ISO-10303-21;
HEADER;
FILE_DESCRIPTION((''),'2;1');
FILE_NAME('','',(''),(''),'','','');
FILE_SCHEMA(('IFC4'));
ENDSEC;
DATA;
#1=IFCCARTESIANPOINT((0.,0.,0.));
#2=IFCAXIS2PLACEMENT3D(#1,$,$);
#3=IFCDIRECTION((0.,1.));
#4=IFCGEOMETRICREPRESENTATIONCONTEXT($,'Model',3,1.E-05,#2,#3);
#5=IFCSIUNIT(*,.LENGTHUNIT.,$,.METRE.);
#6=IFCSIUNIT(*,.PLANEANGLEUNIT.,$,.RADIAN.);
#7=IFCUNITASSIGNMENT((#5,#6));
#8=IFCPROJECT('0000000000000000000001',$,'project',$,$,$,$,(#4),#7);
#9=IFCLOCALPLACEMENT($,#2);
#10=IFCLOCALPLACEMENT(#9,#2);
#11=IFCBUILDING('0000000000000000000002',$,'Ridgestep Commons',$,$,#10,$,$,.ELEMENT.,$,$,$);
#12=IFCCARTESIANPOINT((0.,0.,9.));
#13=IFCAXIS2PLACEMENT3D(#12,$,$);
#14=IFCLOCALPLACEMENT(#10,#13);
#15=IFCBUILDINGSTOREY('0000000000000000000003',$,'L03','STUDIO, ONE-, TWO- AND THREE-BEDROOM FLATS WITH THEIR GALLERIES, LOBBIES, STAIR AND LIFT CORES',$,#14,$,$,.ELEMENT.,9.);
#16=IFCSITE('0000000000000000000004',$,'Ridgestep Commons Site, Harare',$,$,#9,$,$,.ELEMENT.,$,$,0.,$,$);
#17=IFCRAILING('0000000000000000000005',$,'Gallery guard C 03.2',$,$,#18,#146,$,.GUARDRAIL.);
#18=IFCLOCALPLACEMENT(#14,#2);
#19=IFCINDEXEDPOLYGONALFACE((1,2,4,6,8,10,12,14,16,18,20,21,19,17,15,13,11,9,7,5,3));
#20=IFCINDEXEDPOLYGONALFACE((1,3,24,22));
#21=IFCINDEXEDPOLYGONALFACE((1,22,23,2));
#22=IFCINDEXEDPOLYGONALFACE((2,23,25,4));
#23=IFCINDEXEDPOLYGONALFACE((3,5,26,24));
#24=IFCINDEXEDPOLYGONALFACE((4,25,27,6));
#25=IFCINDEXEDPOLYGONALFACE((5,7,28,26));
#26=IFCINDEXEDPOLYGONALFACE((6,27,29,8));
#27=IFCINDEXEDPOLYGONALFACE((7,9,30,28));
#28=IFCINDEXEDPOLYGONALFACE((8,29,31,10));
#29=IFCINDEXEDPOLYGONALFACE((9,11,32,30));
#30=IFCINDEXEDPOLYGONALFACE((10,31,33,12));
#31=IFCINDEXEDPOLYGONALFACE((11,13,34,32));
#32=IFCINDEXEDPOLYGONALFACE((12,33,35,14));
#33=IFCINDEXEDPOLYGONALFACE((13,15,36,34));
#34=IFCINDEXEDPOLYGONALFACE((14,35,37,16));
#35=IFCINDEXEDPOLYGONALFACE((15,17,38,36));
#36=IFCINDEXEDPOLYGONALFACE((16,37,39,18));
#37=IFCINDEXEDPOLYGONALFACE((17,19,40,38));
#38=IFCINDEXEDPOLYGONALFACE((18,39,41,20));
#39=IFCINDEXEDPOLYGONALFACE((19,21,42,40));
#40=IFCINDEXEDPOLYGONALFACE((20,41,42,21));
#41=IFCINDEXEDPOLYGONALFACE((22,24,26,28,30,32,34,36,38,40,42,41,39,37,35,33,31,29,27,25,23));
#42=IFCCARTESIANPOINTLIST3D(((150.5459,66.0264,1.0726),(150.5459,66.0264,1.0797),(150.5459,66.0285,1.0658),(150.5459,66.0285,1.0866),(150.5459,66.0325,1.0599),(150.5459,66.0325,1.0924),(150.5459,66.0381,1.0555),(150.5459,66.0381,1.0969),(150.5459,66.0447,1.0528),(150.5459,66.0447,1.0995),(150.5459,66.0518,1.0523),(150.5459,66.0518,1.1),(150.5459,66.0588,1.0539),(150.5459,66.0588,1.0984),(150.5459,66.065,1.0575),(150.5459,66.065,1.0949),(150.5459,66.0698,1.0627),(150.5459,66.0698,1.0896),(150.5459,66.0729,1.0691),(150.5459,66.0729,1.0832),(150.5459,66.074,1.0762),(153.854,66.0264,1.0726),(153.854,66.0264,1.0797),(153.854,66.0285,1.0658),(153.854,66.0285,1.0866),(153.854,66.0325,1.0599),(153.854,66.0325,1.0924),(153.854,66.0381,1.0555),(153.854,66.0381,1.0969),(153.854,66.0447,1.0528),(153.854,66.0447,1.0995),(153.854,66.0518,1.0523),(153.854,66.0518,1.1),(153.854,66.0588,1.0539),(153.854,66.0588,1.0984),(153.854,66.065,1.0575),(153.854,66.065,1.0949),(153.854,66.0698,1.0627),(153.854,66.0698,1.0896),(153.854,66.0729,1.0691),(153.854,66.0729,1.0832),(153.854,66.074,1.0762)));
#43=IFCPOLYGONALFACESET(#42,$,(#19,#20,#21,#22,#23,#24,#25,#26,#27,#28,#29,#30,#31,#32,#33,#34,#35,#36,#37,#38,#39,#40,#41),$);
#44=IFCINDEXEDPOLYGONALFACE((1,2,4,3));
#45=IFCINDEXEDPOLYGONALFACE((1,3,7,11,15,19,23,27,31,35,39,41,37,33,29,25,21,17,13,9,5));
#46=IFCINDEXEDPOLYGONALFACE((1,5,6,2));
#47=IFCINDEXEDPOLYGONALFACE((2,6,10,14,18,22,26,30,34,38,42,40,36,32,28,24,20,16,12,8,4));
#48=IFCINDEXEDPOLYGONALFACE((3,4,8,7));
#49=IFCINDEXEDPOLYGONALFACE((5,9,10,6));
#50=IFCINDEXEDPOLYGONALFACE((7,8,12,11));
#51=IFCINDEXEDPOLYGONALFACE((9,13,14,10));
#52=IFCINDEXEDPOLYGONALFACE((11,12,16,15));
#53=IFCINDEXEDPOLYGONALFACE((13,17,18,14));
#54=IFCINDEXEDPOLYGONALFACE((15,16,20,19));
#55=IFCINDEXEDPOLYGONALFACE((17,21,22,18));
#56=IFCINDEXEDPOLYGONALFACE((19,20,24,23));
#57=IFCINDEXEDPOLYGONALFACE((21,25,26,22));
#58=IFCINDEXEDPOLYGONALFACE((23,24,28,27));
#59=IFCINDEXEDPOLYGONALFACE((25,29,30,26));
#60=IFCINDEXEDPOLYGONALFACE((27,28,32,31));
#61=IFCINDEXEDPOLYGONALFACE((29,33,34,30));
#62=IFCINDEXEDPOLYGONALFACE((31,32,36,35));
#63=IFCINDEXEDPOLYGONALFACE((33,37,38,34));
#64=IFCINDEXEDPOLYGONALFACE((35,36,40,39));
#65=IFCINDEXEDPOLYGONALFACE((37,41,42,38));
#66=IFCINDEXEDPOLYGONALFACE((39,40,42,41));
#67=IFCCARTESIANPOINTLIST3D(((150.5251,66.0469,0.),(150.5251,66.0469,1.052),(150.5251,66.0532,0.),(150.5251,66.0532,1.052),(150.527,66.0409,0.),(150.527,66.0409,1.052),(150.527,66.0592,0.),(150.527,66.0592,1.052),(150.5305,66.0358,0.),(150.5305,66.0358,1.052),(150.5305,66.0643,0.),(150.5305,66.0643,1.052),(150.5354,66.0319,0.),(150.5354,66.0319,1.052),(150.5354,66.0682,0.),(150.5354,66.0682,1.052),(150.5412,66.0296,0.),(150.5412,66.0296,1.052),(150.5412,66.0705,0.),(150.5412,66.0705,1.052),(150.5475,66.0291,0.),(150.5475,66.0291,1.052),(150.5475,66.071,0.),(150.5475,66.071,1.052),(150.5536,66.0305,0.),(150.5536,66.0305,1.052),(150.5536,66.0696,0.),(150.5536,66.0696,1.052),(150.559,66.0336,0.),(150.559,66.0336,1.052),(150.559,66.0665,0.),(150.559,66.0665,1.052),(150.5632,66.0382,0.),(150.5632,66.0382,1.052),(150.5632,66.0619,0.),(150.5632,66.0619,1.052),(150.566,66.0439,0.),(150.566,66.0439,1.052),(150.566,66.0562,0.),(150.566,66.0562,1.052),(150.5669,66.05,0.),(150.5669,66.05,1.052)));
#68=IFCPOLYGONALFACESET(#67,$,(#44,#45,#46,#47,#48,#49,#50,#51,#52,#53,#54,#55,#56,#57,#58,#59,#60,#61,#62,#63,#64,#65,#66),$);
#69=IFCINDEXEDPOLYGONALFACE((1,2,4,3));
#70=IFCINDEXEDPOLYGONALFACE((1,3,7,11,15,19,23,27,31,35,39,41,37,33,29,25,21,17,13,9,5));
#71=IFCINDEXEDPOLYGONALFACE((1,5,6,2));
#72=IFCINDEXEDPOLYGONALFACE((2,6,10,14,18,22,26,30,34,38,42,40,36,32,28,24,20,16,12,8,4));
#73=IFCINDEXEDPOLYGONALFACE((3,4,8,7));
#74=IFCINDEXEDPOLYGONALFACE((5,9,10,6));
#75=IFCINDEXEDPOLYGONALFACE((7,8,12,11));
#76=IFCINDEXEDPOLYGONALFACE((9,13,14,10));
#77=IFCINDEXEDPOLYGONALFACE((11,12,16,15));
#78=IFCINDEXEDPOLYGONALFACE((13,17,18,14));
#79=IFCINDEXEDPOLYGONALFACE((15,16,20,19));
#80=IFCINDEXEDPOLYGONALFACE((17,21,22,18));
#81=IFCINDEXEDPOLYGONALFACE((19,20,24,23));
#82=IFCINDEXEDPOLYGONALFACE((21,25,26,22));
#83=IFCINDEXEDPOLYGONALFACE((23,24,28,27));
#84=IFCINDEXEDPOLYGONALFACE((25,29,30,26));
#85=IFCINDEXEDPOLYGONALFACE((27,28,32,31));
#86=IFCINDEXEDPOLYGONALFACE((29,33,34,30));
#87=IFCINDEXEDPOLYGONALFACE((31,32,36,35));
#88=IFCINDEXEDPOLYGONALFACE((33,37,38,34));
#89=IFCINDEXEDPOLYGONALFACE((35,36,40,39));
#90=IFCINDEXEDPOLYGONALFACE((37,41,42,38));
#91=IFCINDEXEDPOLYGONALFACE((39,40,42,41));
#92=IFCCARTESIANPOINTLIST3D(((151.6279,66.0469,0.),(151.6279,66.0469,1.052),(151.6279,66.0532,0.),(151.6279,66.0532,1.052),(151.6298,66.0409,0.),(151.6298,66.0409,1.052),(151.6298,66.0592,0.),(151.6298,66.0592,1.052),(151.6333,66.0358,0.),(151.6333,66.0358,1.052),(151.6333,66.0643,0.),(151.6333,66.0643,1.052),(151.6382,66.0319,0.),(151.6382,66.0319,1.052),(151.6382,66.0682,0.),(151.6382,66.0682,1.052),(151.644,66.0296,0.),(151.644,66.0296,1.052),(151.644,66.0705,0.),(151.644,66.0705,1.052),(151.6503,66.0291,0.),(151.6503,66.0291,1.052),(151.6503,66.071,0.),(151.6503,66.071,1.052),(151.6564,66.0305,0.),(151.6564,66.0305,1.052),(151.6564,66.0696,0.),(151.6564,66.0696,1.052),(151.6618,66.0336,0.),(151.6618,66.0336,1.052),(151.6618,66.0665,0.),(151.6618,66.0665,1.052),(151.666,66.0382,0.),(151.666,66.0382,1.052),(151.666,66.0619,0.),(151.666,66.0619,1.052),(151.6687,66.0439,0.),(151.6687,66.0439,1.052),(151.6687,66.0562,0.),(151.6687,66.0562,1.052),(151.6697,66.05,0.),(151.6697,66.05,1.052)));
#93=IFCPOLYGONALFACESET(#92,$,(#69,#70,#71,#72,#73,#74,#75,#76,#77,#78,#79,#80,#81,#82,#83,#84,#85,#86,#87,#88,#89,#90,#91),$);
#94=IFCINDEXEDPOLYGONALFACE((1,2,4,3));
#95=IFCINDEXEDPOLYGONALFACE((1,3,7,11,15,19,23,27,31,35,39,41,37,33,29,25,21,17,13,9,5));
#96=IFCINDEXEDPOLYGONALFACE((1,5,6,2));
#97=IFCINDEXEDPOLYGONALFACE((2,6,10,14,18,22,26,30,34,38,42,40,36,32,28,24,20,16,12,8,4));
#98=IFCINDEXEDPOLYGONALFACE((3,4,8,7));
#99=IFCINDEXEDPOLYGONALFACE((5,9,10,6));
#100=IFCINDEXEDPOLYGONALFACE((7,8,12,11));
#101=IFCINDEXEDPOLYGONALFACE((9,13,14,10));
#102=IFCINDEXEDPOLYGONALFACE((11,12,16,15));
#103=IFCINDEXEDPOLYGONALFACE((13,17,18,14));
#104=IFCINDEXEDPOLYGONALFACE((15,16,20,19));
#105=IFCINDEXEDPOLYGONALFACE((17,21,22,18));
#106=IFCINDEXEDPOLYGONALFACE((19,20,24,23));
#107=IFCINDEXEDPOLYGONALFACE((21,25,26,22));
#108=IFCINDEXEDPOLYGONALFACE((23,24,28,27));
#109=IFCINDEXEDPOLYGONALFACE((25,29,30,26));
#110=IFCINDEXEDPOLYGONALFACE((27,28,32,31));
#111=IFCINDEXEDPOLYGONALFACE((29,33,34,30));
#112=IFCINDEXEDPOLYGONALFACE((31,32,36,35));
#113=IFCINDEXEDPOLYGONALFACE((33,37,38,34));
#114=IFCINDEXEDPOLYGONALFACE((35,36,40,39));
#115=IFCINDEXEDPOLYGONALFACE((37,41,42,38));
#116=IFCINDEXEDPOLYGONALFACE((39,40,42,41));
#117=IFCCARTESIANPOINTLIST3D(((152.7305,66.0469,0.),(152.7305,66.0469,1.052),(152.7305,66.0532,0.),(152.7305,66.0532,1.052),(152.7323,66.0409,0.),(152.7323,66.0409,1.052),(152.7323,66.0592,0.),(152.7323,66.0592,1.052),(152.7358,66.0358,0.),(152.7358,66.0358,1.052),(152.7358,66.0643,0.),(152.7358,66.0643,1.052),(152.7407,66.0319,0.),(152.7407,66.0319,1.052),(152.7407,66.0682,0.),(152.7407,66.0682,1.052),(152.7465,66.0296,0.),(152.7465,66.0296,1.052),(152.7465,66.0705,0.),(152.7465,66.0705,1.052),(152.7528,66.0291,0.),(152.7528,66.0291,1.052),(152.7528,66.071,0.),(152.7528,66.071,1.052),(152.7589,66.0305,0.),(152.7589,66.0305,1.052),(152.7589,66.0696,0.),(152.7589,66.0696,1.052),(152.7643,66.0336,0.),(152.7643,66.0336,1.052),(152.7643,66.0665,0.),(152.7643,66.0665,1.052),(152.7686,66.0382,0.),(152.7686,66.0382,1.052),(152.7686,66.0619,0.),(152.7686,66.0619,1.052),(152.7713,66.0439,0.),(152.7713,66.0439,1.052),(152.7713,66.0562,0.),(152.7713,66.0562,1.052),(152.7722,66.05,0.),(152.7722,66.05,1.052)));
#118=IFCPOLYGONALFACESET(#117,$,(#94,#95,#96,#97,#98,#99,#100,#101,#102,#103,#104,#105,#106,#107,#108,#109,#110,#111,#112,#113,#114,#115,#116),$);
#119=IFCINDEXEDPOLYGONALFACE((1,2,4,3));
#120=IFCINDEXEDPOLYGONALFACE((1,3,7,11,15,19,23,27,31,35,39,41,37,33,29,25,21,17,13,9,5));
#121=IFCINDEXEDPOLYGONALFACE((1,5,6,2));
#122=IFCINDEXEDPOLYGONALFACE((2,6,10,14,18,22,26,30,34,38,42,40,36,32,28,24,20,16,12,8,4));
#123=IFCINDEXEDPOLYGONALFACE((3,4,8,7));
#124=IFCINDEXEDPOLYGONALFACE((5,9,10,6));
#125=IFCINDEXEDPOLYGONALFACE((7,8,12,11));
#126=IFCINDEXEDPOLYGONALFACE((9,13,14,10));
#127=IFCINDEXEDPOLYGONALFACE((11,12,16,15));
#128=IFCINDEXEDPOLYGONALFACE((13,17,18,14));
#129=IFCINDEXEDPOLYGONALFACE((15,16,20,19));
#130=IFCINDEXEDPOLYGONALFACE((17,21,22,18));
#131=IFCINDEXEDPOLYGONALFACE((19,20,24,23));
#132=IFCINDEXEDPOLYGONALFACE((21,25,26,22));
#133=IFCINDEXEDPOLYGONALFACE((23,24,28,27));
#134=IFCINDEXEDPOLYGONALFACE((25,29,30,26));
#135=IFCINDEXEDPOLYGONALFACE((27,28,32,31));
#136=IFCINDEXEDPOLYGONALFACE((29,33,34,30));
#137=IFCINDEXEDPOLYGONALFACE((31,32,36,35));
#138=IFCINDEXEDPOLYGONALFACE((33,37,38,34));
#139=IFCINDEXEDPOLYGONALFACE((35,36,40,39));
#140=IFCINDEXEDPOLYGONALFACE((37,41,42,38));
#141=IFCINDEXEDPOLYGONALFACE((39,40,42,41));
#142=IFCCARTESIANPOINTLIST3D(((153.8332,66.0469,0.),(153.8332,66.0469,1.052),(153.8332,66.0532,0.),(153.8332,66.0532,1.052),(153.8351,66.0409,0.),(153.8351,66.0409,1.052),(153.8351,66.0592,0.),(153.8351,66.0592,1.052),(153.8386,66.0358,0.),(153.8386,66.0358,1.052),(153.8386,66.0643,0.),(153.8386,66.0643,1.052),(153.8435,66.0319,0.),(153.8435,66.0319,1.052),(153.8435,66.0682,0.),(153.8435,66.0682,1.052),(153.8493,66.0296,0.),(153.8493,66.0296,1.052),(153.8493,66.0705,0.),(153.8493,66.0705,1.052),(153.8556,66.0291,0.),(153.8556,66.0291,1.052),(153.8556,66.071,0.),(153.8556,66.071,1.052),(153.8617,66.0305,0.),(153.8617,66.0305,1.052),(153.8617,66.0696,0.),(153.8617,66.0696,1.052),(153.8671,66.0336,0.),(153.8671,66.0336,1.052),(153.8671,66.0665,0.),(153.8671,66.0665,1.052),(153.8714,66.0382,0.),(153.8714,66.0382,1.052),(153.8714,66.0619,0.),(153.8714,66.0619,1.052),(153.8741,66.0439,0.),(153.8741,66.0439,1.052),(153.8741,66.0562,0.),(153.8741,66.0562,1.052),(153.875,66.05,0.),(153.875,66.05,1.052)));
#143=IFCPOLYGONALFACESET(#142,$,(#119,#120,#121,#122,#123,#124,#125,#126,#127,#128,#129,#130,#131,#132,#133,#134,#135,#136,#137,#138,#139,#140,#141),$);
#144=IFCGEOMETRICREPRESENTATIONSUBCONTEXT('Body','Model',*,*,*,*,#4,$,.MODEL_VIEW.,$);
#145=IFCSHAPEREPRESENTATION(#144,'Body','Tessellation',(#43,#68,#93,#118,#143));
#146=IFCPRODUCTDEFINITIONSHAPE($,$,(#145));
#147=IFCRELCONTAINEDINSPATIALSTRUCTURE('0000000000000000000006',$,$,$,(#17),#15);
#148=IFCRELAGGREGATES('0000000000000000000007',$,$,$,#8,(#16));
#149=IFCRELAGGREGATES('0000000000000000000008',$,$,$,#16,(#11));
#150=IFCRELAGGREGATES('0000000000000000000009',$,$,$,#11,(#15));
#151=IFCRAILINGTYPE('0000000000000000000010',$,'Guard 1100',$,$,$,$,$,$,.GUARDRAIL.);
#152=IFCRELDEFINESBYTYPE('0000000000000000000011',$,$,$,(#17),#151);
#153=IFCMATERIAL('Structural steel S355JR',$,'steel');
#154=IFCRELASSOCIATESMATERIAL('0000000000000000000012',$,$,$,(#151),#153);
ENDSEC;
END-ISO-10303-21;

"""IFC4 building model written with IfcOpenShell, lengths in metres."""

from ifc_helpers import new_model, si_unit, direction, frame, origin, origin_2d, place, context, subcontext, project, spatial, circle, extrude, material, type_object, element, save


model = new_model("IFC4")

# Units and contexts
model_context = context("Model", 3, precision=1e-05, world=origin(), true_north=direction((0.0, 1.0)))
body_context = subcontext(model_context, "Body", "Model", "MODEL_VIEW")
ifc_project = project(units=[si_unit("LENGTHUNIT", "METRE"), si_unit("PLANEANGLEUNIT", "RADIAN")], contexts=[model_context])

# Site, building, storey
site_placement = place(None, origin())
site = spatial("IfcSite", under=ifc_project, at=site_placement, Name="Ridgestep Commons Site, Harare", CompositionType="ELEMENT", RefElevation=0.0)
building_placement = place(site_placement, origin())
building = spatial("IfcBuilding", under=site, at=building_placement, Name="Ridgestep Commons", CompositionType="ELEMENT")
storey_placement = place(building_placement, frame((0.0, 0.0, 9.0)))
storey = spatial("IfcBuildingStorey", under=building, at=storey_placement, Name="L03", Description="STUDIO, ONE-, TWO- AND THREE-BEDROOM FLATS WITH THEIR GALLERIES, LOBBIES, STAIR AND LIFT CORES", CompositionType="ELEMENT", Elevation=9.0)

# Railing
ifc_material_1 = material(Name="Structural steel S355JR", Category="steel")
railing_type = type_object("IfcRailingType", Name="Guard 1100", PredefinedType="GUARDRAIL", material=ifc_material_1)
railing_1_placement = place(storey_placement, frame((150.5459, 66.05, 0.0)))
element("IfcRailing", 1, at=railing_1_placement, inside=storey, type_object=railing_type, Name="Gallery guard C 03.2", PredefinedType="GUARDRAIL", context=body_context, shape_type="SweptSolid", body=[
    extrude(circle(Radius=0.0239, at=origin_2d()), frame((0.0, 0.0, 1.0762), z_axis=(1.0, 0.0, 0.0), x_axis=(0.0, 1.0, 0.0)), (0.0, 0.0, 1.0), 3.3081),
    extrude(circle(Radius=0.021, at=origin_2d()), origin(), (0.0, 0.0, 1.0), 1.052),
    extrude(circle(Radius=0.021, at=origin_2d()), frame((1.1028, 0.0, 0.0)), (0.0, 0.0, 1.0), 1.052),
    extrude(circle(Radius=0.021, at=origin_2d()), frame((2.2053, 0.0, 0.0)), (0.0, 0.0, 1.0), 1.052),
    extrude(circle(Radius=0.021, at=origin_2d()), frame((3.3081, 0.0, 0.0)), (0.0, 0.0, 1.0), 1.052),
])

save(model, "model.ifc")
